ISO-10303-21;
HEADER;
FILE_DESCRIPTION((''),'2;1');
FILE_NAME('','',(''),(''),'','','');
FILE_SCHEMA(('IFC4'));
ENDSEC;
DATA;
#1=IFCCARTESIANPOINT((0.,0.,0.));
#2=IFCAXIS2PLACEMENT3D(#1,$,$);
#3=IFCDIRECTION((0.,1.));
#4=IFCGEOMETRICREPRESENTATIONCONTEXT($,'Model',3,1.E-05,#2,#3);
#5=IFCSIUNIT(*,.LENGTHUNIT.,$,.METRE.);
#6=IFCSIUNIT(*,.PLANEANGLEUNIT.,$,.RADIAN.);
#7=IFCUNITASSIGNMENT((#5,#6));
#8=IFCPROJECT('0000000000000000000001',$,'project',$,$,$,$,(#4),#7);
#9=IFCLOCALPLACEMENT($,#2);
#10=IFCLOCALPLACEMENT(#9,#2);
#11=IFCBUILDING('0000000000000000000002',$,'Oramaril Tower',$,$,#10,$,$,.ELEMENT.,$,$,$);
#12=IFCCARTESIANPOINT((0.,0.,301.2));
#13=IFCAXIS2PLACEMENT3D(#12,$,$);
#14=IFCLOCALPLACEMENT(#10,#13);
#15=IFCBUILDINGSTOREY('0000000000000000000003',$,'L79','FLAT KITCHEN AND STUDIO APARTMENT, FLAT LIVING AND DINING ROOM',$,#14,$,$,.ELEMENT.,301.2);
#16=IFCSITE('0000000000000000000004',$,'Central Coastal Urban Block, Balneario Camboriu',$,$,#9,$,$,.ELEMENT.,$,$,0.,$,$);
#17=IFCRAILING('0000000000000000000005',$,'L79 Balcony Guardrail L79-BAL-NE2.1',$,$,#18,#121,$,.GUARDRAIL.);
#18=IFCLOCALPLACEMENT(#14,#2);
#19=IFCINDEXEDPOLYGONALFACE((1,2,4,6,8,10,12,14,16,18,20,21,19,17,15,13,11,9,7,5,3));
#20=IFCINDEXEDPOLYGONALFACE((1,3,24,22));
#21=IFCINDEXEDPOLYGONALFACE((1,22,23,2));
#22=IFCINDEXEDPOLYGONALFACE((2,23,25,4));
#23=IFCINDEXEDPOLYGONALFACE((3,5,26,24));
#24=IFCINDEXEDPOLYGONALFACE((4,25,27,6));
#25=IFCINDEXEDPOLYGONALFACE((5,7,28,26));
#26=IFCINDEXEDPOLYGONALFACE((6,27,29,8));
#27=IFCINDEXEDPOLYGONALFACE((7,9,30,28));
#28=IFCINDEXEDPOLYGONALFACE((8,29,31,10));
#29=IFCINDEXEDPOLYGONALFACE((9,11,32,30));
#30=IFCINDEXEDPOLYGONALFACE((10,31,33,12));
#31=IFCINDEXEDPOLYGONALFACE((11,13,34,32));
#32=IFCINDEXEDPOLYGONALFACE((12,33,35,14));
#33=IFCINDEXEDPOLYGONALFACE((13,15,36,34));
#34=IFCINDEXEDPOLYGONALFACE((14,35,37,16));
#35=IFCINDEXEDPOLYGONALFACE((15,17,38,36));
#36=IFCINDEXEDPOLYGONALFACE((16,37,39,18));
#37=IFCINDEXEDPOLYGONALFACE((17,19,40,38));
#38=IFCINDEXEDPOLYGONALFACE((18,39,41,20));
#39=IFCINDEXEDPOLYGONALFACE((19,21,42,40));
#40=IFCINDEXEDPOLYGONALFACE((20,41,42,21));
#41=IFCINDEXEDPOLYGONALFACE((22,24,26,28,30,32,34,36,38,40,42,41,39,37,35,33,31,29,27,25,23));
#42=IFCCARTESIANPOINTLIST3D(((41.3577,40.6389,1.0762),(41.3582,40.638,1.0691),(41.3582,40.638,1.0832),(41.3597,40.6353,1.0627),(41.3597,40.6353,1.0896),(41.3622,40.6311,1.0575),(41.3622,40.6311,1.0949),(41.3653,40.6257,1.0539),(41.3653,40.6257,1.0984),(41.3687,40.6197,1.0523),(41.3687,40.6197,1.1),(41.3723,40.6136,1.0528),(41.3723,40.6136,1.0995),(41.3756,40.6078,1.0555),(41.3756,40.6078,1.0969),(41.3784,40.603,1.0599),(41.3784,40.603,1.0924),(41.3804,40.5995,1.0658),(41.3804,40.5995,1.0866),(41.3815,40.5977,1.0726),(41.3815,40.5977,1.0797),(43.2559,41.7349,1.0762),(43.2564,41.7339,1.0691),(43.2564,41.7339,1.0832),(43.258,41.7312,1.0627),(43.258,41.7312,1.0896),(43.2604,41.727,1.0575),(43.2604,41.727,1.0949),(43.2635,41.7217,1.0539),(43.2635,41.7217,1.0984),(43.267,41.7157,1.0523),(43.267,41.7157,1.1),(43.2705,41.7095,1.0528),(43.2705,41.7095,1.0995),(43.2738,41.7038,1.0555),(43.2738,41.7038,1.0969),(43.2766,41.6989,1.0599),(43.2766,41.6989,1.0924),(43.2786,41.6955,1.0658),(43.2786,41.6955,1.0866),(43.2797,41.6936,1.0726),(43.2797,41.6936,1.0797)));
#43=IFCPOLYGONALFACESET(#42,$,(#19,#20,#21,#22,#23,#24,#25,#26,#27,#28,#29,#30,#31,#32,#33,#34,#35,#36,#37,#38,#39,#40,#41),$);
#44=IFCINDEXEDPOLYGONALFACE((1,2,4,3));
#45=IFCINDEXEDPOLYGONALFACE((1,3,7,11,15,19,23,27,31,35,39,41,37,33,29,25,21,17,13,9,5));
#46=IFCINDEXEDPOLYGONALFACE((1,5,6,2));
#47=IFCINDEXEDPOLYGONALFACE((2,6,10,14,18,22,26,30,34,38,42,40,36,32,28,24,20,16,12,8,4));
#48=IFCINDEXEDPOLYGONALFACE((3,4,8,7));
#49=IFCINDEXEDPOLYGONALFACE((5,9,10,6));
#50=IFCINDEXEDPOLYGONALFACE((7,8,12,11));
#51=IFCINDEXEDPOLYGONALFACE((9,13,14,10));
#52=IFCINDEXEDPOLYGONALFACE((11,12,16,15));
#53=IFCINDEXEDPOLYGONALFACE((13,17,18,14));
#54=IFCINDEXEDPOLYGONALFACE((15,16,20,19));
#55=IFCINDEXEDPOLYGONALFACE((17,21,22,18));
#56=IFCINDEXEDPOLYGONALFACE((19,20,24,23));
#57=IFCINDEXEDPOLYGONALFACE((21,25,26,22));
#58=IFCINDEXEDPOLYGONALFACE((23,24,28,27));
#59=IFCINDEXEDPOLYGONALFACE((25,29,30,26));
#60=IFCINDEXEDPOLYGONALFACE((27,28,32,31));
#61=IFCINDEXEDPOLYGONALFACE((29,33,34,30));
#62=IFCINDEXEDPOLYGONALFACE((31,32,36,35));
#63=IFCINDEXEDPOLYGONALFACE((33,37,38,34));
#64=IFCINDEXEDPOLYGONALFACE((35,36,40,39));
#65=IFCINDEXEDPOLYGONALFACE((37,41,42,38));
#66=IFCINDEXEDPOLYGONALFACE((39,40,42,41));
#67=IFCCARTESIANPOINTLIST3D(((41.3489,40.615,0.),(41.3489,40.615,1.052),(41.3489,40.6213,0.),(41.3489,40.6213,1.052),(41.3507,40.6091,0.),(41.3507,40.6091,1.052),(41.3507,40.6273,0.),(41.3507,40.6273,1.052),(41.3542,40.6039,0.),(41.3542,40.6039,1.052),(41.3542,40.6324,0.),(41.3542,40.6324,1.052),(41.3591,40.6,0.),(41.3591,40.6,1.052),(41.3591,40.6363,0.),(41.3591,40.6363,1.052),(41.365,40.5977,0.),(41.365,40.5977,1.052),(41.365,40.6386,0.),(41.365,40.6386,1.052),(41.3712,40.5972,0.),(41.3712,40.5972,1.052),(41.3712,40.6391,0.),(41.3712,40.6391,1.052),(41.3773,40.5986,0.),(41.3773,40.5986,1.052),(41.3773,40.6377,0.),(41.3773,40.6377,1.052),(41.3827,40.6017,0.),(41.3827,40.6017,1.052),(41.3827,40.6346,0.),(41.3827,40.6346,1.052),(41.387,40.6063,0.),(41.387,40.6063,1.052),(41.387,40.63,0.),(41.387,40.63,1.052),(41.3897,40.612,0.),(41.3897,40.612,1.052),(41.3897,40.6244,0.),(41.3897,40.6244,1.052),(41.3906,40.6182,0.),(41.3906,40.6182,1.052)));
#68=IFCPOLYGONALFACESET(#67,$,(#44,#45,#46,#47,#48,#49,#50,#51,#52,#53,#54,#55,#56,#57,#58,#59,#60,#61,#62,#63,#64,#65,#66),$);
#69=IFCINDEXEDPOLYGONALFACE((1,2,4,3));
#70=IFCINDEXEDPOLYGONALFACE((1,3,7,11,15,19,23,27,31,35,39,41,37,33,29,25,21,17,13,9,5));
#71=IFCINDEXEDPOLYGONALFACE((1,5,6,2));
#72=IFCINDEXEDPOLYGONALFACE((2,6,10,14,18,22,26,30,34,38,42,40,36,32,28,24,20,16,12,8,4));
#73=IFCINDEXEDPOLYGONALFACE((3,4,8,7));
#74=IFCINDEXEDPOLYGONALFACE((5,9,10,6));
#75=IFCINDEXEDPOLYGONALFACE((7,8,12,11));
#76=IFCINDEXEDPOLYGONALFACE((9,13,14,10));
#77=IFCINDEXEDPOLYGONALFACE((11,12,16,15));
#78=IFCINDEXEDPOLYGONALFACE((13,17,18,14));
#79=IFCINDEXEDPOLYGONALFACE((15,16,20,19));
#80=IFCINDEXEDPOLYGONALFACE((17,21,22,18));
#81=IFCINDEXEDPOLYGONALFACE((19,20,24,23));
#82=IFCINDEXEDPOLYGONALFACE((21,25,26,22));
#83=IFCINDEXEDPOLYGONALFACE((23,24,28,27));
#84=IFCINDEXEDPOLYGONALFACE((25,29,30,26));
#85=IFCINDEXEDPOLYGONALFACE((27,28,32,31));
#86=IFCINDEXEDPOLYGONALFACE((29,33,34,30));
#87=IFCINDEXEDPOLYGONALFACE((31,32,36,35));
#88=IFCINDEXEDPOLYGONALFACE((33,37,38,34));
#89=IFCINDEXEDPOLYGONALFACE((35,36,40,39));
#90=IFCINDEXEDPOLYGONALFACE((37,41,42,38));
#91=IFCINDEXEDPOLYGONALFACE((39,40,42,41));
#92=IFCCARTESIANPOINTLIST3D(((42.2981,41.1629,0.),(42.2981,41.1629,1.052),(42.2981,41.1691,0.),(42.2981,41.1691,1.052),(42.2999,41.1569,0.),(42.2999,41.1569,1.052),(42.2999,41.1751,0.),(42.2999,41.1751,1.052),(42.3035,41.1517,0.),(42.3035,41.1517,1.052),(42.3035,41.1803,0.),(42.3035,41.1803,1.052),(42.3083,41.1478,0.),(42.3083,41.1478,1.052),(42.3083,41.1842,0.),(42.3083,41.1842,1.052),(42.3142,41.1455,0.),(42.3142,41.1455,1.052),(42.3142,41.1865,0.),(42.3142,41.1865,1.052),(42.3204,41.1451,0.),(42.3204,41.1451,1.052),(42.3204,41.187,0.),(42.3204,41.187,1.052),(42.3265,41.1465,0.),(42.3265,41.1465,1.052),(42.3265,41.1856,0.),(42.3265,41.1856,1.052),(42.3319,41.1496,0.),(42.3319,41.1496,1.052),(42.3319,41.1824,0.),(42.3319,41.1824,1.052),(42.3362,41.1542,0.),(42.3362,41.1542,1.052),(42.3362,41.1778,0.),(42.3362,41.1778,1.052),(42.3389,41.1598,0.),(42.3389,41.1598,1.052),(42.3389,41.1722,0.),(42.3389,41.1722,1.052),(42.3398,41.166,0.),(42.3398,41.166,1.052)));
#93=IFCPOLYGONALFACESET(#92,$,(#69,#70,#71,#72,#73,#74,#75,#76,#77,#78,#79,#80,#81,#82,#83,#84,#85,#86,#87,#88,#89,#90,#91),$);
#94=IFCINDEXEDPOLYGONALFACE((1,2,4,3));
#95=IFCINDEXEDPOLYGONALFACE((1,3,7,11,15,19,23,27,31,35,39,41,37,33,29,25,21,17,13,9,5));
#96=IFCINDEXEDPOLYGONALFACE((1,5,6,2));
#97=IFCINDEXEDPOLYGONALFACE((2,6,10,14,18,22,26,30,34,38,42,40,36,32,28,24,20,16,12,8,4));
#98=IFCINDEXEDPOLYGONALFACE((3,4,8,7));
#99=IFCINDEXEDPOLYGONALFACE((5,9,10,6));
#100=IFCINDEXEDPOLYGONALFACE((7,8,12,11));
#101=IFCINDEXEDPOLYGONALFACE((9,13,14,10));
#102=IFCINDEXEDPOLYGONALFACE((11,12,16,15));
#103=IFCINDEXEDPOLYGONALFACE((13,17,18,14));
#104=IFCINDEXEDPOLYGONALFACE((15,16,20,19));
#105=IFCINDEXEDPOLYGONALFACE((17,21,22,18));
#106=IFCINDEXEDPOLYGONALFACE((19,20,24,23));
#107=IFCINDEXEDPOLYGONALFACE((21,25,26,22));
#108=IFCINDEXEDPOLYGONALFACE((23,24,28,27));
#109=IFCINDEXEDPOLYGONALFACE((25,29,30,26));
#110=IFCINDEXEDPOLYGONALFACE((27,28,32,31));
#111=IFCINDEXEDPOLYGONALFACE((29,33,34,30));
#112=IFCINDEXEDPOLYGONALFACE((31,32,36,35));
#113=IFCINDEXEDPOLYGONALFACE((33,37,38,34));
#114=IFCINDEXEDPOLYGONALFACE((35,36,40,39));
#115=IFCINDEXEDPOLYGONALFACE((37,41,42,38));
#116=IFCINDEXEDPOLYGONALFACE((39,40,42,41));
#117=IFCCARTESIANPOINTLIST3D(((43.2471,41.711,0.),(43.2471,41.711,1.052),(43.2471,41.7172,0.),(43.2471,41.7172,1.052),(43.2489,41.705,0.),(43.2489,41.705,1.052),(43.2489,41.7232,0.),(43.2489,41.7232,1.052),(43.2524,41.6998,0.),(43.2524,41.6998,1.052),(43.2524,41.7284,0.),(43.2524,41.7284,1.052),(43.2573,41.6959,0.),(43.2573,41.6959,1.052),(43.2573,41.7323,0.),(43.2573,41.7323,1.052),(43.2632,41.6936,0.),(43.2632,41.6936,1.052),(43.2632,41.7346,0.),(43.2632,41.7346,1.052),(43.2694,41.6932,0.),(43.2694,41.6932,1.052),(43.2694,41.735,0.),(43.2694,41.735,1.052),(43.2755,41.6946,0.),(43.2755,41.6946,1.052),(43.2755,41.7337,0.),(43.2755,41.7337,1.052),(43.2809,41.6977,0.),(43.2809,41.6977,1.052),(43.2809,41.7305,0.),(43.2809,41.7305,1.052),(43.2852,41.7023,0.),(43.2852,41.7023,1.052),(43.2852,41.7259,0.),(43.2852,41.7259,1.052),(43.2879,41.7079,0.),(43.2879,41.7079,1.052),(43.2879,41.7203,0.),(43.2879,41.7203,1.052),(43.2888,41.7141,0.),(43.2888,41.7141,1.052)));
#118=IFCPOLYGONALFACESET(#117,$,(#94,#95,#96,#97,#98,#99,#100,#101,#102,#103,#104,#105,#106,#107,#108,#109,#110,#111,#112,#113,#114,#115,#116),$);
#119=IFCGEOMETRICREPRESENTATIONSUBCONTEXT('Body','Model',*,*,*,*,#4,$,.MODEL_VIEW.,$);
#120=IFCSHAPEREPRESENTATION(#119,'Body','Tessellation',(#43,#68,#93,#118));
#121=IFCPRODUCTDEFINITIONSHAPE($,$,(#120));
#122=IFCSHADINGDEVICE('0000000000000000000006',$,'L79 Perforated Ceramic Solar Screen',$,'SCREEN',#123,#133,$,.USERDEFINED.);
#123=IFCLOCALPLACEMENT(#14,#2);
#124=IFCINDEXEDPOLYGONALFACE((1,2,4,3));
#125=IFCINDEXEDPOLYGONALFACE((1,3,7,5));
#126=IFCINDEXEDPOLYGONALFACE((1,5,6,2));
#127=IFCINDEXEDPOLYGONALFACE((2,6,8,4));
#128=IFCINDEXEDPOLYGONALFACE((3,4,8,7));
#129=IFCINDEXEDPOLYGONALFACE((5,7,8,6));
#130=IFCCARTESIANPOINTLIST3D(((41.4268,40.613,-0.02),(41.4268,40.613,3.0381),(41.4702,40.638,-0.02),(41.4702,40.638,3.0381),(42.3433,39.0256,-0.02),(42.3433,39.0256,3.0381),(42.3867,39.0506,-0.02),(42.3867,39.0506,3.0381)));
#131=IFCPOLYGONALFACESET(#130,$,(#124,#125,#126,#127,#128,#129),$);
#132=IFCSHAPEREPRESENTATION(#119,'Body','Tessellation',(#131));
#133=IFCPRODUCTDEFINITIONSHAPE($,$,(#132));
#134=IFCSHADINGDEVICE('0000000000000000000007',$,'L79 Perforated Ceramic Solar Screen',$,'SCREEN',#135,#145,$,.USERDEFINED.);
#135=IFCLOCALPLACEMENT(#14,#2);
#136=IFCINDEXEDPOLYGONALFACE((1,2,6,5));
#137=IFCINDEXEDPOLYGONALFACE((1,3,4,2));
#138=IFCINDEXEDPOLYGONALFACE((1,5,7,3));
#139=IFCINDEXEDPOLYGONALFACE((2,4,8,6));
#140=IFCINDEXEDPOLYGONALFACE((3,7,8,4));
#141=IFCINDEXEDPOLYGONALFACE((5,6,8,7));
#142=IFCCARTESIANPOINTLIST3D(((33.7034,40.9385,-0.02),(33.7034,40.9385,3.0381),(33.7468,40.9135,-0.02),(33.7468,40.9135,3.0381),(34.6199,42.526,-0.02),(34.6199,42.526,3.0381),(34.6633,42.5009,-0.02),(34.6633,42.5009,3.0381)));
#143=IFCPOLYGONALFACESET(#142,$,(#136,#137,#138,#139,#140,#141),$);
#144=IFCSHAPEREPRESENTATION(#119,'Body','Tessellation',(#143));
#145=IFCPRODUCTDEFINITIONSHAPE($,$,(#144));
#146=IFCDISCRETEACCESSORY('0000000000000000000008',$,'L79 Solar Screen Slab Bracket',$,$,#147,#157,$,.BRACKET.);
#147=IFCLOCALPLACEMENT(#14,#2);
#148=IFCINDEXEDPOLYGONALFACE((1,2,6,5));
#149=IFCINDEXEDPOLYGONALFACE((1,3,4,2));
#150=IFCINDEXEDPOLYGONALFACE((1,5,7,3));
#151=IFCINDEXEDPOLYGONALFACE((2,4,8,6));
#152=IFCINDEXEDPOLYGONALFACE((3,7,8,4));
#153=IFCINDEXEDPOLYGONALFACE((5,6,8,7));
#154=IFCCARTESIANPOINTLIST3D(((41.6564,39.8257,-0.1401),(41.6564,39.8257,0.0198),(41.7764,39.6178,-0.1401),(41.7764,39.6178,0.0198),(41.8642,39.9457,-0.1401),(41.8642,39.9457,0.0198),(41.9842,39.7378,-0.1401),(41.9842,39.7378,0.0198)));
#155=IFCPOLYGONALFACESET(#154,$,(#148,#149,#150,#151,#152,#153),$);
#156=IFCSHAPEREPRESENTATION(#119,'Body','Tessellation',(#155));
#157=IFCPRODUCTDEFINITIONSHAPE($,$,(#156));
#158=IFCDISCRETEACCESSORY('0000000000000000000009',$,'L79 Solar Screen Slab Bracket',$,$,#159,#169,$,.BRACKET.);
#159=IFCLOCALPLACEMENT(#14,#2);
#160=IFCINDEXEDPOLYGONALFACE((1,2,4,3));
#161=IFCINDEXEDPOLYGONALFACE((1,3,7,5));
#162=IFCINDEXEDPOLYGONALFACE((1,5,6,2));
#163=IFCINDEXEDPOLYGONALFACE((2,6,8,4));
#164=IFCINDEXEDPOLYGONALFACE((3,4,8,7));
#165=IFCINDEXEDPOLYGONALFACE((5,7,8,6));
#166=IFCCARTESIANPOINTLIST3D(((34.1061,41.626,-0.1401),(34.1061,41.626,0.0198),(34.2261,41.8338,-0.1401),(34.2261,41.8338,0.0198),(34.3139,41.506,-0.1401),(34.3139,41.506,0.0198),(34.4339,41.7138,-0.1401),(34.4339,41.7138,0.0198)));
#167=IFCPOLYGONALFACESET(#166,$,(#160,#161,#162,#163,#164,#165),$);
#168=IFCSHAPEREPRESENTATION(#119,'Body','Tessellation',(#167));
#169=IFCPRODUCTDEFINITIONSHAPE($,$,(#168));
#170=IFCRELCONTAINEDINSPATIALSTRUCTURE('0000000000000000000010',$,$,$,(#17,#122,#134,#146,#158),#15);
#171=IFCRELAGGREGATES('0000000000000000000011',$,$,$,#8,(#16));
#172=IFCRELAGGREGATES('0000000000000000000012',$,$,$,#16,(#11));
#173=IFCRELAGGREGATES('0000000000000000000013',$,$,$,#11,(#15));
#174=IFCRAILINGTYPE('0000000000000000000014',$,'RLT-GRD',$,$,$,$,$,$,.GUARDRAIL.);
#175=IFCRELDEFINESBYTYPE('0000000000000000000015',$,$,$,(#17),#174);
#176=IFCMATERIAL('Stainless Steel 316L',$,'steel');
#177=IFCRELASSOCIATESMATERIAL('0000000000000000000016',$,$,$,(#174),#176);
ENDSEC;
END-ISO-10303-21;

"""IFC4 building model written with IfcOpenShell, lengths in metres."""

from ifc_helpers import new_model, si_unit, direction, frame, origin, origin_2d, place, context, subcontext, project, spatial, rectangle, circle, extrude, material, type_object, element, save


model = new_model("IFC4")

# Units and contexts
model_context = context("Model", 3, precision=1e-05, world=origin(), true_north=direction((0.0, 1.0)))
body_context = subcontext(model_context, "Body", "Model", "MODEL_VIEW")
ifc_project = project(units=[si_unit("LENGTHUNIT", "METRE"), si_unit("PLANEANGLEUNIT", "RADIAN")], contexts=[model_context])

# Site, building, storey
site_placement = place(None, origin())
site = spatial("IfcSite", under=ifc_project, at=site_placement, Name="Central Coastal Urban Block, Balneario Camboriu", CompositionType="ELEMENT", RefElevation=0.0)
building_placement = place(site_placement, origin())
building = spatial("IfcBuilding", under=site, at=building_placement, Name="Oramaril Tower", CompositionType="ELEMENT")
storey_placement = place(building_placement, frame((0.0, 0.0, 301.2)))
storey = spatial("IfcBuildingStorey", under=building, at=storey_placement, Name="L79", Description="FLAT KITCHEN AND STUDIO APARTMENT, FLAT LIVING AND DINING ROOM", CompositionType="ELEMENT", Elevation=301.2)

# Railing
ifc_material_1 = material(Name="Stainless Steel 316L", Category="steel")
railing_type = type_object("IfcRailingType", Name="RLT-GRD", PredefinedType="GUARDRAIL", material=ifc_material_1)
railing_1_placement = place(storey_placement, frame((41.3696, 40.6182, 0.0)))
element("IfcRailing", 1, at=railing_1_placement, inside=storey, type_object=railing_type, Name="L79 Balcony Guardrail L79-BAL-NE2.1", PredefinedType="GUARDRAIL", context=body_context, shape_type="SweptSolid", body=[
    extrude(circle(Radius=0.0239, at=origin_2d()), frame((0.0, 0.0, 1.0762), z_axis=(0.866021, 0.500008, 0.0), x_axis=(-0.500008, 0.866021, 0.0)), (0.0, 0.0, 1.0), 2.1919),
    extrude(circle(Radius=0.021, at=origin_2d()), origin(), (0.0, 0.0, 1.0), 1.052),
    extrude(circle(Radius=0.021, at=origin_2d()), frame((0.9492, 0.5479, 0.0)), (0.0, 0.0, 1.0), 1.052),
    extrude(circle(Radius=0.021, at=origin_2d()), frame((1.8982, 1.0959, 0.0)), (0.0, 0.0, 1.0), 1.052),
])

# Shading devices
for number, where, z_axis, x_axis, name in (
    (2, (41.9067, 39.8318, -0.02), (0.0, 0.0, 1.0), (-0.500002, 0.866025, 0.0), "L79 Perforated Ceramic Solar Screen"),
    (3, (34.1833, 41.7197, -0.02), (0.0, 0.0, 1.0), (-0.500002, -0.866025, 0.0), "L79 Perforated Ceramic Solar Screen"),
):
    element("IfcShadingDevice", number, at=place(storey_placement, frame(where, z_axis=z_axis, x_axis=x_axis)), inside=storey, Name=name, ObjectType="SCREEN", PredefinedType="USERDEFINED", context=body_context, shape_type="SweptSolid", body=[
        extrude(rectangle(XDim=1.833, YDim=0.05, at=origin_2d()), origin(), (0.0, 0.0, 1.0), 3.0581),
    ])

# Discrete accessories
for number, where, z_axis, x_axis, name in (
    (4, (41.8203, 39.7817, -0.1401), (0.0, 0.0, 1.0), (-0.500002, 0.866025, 0.0), "L79 Solar Screen Slab Bracket"),
    (5, (34.27, 41.6699, -0.1401), (0.0, 0.0, 1.0), (-0.500002, -0.866025, 0.0), "L79 Solar Screen Slab Bracket"),
):
    element("IfcDiscreteAccessory", number, at=place(storey_placement, frame(where, z_axis=z_axis, x_axis=x_axis)), inside=storey, Name=name, PredefinedType="BRACKET", context=body_context, shape_type="SweptSolid", body=[
        extrude(rectangle(XDim=0.24, YDim=0.24, at=origin_2d()), origin(), (0.0, 0.0, 1.0), 0.1599),
    ])

save(model, "model.ifc")
